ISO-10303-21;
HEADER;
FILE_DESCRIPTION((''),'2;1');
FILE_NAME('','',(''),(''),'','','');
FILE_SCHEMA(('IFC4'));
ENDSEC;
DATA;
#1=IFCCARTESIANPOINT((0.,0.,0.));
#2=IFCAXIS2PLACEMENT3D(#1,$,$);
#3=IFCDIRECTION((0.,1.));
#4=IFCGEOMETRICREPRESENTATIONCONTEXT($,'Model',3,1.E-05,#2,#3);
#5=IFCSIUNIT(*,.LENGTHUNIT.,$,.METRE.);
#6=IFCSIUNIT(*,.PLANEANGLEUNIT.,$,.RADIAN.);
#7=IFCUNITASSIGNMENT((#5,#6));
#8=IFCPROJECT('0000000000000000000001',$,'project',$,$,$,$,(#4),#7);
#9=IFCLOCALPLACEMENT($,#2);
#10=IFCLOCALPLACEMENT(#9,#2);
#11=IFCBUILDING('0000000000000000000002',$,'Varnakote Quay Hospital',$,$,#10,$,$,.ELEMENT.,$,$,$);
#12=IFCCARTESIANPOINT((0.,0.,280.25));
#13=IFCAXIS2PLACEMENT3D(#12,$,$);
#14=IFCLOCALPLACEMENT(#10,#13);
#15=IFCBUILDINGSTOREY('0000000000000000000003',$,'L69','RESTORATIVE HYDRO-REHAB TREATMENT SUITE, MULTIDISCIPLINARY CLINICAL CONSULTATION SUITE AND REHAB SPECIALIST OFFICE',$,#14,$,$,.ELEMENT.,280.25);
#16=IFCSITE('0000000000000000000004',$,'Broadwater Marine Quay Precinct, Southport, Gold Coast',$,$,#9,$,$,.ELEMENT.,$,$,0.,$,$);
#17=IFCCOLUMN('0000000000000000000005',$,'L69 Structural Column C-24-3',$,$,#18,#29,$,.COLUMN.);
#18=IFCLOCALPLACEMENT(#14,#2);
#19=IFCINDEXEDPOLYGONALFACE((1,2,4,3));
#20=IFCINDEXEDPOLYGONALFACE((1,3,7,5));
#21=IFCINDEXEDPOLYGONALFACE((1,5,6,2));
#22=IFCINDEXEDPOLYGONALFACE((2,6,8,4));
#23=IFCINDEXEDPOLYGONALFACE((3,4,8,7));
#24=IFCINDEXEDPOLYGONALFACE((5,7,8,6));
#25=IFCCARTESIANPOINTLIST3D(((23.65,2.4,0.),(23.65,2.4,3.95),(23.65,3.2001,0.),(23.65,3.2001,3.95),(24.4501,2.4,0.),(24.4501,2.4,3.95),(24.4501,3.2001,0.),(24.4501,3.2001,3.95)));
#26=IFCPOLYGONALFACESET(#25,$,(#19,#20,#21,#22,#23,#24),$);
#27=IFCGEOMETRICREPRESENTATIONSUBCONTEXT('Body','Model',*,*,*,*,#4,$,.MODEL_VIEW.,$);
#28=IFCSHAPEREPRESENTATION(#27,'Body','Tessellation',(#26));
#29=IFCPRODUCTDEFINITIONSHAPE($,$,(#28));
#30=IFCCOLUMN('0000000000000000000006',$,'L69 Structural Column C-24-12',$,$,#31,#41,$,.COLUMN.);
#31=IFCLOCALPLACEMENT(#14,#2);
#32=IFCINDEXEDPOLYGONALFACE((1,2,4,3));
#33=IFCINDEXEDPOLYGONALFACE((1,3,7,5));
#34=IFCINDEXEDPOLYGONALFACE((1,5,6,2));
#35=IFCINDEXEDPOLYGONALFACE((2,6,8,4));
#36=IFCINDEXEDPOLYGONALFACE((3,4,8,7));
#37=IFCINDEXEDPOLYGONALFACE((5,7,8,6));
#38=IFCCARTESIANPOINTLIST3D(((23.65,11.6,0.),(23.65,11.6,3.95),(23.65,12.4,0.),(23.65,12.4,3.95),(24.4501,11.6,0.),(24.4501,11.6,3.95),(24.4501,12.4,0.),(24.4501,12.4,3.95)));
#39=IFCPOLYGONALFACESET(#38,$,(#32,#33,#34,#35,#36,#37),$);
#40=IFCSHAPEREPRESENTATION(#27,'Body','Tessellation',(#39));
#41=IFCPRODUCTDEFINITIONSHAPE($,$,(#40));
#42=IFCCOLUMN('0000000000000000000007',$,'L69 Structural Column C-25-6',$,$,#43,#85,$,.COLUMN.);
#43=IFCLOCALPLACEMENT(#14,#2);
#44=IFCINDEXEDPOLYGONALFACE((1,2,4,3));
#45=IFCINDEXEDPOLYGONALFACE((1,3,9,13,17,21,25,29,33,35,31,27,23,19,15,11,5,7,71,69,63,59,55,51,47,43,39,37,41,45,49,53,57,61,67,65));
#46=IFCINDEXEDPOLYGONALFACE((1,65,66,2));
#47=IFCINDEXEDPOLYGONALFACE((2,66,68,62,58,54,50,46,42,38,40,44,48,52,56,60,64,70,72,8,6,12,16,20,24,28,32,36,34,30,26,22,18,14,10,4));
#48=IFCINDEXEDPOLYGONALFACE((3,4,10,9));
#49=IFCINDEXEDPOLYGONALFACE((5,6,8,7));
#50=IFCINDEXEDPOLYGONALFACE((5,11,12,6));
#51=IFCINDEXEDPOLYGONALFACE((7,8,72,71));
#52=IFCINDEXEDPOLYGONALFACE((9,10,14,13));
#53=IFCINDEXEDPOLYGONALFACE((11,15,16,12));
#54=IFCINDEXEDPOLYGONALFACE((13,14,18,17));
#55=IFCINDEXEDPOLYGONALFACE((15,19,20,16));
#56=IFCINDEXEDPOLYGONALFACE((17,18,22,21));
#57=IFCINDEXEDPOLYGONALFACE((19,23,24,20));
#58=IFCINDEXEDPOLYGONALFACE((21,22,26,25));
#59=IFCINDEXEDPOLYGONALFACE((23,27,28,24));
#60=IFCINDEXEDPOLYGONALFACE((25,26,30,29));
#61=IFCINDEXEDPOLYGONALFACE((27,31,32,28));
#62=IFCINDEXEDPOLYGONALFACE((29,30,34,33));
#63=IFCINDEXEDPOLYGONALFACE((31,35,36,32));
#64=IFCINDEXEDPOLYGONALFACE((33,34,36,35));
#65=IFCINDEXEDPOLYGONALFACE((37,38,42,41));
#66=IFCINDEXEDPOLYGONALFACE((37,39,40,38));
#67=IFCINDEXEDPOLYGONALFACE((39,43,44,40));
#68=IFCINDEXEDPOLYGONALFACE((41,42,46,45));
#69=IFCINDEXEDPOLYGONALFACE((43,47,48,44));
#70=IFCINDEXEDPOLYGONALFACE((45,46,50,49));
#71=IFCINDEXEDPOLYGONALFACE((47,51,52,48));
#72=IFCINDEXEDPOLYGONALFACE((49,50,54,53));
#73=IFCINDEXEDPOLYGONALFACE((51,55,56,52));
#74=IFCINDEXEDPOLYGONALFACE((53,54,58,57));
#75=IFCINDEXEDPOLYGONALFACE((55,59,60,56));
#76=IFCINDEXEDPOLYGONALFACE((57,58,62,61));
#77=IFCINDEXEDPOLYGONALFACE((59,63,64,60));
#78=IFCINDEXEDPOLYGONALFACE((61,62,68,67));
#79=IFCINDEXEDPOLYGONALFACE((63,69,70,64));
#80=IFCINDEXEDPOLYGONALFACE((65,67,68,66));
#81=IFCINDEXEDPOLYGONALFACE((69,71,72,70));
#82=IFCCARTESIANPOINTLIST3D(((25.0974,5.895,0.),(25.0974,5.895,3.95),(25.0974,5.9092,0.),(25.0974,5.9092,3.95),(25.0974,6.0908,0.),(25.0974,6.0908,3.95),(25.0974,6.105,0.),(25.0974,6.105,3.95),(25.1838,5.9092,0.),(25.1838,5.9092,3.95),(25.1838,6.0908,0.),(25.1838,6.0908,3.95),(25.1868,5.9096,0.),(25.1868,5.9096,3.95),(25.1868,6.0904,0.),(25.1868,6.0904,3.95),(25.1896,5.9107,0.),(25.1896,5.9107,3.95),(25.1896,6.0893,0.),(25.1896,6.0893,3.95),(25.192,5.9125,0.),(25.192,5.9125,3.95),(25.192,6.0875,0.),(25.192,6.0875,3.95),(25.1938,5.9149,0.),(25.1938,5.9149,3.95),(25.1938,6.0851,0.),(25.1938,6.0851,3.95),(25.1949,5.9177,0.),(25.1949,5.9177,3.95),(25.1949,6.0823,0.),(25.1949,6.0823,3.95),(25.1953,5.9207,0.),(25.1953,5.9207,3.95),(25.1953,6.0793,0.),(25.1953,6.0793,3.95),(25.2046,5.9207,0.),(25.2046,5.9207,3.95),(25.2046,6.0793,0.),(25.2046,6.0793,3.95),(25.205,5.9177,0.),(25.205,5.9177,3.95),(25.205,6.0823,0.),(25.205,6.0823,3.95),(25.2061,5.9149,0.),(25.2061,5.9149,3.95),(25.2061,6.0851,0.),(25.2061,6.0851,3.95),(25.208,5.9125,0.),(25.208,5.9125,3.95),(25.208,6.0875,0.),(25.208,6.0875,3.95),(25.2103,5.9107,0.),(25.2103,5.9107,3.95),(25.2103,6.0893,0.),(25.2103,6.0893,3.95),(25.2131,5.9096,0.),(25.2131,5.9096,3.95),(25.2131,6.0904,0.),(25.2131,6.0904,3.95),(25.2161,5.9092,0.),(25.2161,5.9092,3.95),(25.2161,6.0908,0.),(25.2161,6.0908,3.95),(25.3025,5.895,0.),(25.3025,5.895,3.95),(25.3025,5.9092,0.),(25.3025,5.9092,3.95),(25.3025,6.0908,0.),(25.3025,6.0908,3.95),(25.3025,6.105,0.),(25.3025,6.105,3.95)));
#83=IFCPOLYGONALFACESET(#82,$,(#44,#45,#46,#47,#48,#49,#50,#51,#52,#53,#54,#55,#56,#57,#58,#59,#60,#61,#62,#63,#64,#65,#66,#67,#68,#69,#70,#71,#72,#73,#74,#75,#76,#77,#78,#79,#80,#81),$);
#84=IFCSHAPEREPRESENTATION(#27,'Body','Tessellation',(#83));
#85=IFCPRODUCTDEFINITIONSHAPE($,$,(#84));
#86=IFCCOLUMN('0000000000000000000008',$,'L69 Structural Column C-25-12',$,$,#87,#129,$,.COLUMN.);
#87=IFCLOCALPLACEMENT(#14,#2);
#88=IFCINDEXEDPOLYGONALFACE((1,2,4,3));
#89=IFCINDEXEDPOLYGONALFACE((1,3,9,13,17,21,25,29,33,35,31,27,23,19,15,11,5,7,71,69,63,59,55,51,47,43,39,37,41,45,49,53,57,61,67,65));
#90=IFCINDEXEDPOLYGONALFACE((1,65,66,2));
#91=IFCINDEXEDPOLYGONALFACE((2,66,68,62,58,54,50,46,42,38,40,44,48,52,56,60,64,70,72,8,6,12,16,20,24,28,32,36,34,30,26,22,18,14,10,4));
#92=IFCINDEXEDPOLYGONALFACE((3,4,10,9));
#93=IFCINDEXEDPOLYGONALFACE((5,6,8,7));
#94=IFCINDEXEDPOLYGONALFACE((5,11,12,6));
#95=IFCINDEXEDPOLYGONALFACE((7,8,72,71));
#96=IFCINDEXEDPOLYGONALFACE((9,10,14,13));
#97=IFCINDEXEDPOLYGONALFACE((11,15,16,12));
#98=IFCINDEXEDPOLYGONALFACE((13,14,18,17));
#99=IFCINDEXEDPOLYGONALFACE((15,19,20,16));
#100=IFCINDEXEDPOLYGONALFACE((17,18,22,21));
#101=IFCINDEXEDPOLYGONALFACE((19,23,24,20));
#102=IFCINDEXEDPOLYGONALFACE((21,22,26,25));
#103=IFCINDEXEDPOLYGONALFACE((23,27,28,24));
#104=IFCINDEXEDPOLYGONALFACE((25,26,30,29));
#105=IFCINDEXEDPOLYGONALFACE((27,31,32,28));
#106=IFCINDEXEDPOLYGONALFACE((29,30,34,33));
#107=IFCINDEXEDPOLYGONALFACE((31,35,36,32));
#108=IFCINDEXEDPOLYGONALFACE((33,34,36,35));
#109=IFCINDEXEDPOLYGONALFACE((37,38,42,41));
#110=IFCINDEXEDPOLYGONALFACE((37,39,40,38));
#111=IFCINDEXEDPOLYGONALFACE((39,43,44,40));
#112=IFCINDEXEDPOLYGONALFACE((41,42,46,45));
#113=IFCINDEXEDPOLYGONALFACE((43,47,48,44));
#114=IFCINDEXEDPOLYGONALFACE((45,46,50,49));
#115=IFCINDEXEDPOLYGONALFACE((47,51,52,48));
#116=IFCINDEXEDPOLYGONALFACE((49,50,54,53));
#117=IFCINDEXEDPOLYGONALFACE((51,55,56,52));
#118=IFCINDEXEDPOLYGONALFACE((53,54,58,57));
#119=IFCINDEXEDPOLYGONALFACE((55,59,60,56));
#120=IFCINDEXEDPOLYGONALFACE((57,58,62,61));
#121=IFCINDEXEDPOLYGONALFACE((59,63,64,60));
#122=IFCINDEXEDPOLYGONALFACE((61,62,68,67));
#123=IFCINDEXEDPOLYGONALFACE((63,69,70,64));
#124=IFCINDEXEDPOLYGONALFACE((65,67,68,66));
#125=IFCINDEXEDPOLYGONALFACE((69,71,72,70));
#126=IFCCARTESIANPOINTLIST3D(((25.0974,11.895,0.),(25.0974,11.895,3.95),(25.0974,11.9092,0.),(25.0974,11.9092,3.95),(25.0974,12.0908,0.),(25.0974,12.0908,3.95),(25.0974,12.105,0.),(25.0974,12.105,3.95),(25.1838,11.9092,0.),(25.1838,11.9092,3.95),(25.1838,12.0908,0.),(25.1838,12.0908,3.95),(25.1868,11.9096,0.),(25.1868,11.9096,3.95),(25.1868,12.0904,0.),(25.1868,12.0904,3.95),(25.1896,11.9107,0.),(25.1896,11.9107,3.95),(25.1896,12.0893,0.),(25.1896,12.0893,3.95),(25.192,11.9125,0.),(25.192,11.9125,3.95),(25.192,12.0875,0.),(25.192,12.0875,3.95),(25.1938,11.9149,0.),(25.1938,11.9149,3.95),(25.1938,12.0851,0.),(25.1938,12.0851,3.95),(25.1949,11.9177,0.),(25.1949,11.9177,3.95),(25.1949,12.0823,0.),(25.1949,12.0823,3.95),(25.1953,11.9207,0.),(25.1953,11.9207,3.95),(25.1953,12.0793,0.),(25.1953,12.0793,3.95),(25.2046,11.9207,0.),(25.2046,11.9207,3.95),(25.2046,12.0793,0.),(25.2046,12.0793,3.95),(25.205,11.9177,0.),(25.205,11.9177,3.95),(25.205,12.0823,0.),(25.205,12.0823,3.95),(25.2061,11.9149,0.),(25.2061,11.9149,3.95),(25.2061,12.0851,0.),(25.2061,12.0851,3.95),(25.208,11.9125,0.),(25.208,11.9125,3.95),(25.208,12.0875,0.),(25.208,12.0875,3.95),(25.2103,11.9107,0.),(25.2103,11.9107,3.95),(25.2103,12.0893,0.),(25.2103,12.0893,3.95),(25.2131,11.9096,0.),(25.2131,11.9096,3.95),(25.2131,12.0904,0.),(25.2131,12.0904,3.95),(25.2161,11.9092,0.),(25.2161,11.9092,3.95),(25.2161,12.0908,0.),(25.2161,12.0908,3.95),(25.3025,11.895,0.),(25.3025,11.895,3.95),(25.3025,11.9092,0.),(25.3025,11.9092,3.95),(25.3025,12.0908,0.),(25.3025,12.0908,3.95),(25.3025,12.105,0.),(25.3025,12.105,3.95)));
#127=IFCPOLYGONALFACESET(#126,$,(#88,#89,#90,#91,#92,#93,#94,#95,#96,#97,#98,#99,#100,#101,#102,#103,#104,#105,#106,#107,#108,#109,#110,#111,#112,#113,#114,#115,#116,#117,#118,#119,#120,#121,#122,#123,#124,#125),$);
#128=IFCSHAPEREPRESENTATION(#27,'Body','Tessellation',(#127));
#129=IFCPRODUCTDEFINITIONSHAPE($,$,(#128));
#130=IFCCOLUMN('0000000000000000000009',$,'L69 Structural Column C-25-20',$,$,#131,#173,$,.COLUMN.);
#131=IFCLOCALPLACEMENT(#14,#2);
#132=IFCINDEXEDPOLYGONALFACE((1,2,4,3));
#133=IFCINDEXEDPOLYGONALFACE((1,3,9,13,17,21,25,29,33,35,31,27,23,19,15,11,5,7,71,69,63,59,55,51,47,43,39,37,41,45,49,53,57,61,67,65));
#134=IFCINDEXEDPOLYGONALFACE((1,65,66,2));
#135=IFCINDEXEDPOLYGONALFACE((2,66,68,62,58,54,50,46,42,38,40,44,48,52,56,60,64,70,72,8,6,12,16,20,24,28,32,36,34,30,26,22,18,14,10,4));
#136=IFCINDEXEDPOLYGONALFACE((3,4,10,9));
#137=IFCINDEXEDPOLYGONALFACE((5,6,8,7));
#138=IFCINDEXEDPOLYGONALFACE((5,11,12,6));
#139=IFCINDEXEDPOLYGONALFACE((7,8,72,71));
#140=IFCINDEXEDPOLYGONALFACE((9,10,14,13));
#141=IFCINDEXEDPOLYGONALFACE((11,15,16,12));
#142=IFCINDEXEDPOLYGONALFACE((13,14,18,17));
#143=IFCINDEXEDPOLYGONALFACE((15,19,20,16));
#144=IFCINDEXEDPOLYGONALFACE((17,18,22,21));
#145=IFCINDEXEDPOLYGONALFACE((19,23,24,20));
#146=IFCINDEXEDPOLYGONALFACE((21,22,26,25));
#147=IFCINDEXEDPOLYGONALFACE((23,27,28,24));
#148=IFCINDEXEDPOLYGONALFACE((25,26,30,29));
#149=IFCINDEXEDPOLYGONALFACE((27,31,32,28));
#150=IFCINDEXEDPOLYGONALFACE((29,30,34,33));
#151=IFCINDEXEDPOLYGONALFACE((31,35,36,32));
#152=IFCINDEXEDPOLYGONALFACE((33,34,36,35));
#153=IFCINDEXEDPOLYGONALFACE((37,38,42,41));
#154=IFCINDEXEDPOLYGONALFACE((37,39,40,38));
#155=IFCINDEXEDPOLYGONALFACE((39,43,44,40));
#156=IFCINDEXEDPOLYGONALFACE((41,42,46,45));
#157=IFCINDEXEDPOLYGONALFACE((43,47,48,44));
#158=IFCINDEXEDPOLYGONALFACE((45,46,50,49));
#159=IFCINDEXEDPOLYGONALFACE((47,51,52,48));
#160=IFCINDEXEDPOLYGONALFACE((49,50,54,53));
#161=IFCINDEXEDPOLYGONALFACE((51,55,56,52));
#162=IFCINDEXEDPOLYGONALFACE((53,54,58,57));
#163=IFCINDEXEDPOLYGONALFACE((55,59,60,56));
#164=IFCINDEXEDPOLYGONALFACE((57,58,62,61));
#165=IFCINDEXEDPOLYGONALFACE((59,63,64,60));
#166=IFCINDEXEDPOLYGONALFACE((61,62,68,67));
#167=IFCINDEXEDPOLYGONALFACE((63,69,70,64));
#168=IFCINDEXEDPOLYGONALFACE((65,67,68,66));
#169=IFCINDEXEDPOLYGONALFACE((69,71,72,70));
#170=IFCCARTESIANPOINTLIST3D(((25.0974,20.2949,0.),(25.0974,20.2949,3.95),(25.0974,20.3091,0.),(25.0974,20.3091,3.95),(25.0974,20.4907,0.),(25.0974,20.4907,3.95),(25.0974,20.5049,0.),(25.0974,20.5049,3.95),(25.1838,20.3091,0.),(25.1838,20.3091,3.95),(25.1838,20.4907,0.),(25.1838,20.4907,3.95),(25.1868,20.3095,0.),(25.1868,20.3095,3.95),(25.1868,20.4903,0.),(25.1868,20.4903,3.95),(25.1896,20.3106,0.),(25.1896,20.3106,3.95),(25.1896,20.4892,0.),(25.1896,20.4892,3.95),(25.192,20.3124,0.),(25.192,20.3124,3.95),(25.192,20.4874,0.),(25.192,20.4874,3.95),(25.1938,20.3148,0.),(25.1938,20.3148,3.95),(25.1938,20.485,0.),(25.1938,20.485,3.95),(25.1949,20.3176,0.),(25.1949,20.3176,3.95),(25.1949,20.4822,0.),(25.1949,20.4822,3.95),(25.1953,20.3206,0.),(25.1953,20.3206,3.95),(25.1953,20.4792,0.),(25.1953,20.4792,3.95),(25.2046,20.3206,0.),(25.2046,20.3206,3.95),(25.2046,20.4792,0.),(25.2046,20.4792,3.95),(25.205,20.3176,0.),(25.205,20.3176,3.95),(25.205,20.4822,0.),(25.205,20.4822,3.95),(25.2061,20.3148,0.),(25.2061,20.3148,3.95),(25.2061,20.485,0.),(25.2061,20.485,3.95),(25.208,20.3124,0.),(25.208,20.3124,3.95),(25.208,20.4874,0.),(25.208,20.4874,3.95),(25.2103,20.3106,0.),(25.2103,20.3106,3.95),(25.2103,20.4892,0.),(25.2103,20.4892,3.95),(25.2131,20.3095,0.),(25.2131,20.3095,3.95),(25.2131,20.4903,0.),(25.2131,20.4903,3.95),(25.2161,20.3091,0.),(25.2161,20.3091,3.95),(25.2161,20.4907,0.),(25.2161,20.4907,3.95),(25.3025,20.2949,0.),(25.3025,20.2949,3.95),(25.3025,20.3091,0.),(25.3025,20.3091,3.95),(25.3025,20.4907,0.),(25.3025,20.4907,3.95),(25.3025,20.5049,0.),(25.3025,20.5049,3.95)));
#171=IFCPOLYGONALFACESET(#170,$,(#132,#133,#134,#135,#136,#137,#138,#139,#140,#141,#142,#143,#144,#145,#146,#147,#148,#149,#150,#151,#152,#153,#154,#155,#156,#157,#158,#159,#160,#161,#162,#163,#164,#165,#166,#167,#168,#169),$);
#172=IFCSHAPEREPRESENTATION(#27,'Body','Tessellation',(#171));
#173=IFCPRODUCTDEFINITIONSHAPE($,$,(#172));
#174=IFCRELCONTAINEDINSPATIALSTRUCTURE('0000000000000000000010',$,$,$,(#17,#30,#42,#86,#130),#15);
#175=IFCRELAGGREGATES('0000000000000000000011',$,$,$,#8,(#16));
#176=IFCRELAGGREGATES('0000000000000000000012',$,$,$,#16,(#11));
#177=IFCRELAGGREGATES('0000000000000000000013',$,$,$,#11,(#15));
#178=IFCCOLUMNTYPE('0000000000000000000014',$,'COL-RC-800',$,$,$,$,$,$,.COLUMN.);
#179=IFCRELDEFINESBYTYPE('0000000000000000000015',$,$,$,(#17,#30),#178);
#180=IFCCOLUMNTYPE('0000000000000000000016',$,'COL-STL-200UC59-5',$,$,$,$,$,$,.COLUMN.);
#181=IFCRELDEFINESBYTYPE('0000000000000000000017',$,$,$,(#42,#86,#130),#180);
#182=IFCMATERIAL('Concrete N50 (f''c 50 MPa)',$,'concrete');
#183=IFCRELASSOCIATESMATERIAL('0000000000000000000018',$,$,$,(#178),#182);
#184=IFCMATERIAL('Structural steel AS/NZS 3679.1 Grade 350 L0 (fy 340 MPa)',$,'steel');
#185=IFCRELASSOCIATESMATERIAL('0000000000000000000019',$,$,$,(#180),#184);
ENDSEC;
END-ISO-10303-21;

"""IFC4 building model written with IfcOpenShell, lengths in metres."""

from ifc_helpers import new_model, si_unit, direction, frame, origin, origin_2d, place, context, subcontext, project, spatial, rectangle, i_section, extrude, material, material_profile, profile_set, type_object, element, save


model = new_model("IFC4")

# Units and contexts
model_context = context("Model", 3, precision=1e-05, world=origin(), true_north=direction((0.0, 1.0)))
body_context = subcontext(model_context, "Body", "Model", "MODEL_VIEW")
ifc_project = project(units=[si_unit("LENGTHUNIT", "METRE"), si_unit("PLANEANGLEUNIT", "RADIAN")], contexts=[model_context])

# Site, building, storey
site_placement = place(None, origin())
site = spatial("IfcSite", under=ifc_project, at=site_placement, Name="Broadwater Marine Quay Precinct, Southport, Gold Coast", CompositionType="ELEMENT", RefElevation=0.0)
building_placement = place(site_placement, origin())
building = spatial("IfcBuilding", under=site, at=building_placement, Name="Varnakote Quay Hospital", CompositionType="ELEMENT")
storey_placement = place(building_placement, frame((0.0, 0.0, 280.25)))
storey = spatial("IfcBuildingStorey", under=building, at=storey_placement, Name="L69", Description="RESTORATIVE HYDRO-REHAB TREATMENT SUITE, MULTIDISCIPLINARY CLINICAL CONSULTATION SUITE AND REHAB SPECIALIST OFFICE", CompositionType="ELEMENT", Elevation=280.25)

# Columns
ifc_material_1 = material(Name="Concrete N50 (f'c 50 MPa)", Category="concrete")
ifc_material_profile_1 = material_profile(ifc_material_1, rectangle(XDim=0.8, YDim=0.8, at=origin_2d()), Name="RC-COL-800x800")
ifc_profile_set_1 = profile_set([ifc_material_profile_1], Name="Concrete N50 (f'c 50 MPa)")
column_type_1 = type_object("IfcColumnType", Name="COL-RC-800", PredefinedType="COLUMN", material=ifc_profile_set_1)
for number, where, z_axis, x_axis, name in (
    (1, (24.05, 2.8, 0.0), (0.0, 0.0, 1.0), (1.0, 0.0, 0.0), "L69 Structural Column C-24-3"),
    (2, (24.05, 12.0, 0.0), (0.0, 0.0, 1.0), (1.0, 0.0, 0.0), "L69 Structural Column C-24-12"),
):
    element("IfcColumn", number, at=place(storey_placement, frame(where, z_axis=z_axis, x_axis=x_axis)), inside=storey, type_object=column_type_1, Name=name, PredefinedType="COLUMN", context=body_context, shape_type="SweptSolid", body=[
        extrude(rectangle(XDim=0.8, YDim=0.8, at=origin_2d()), origin(), (0.0, 0.0, 1.0), 3.95),
    ])
ifc_material_2 = material(Name="Structural steel AS/NZS 3679.1 Grade 350 L0 (fy 340 MPa)", Category="steel")
ifc_material_profile_2 = material_profile(ifc_material_2, i_section(OverallWidth=0.2051, OverallDepth=0.21, WebThickness=0.0093, FlangeThickness=0.0142, FilletRadius=0.0115, at=origin_2d()), Name="200UC59.5")
ifc_profile_set_2 = profile_set([ifc_material_profile_2], Name="Structural steel AS/NZS 3679.1 Grade 350 L0 (fy 340 MPa)")
column_type_2 = type_object("IfcColumnType", Name="COL-STL-200UC59-5", PredefinedType="COLUMN", material=ifc_profile_set_2)
for number, where, z_axis, x_axis, name in (
    (3, (25.2, 6.0, 0.0), (0.0, 0.0, 1.0), (1.0, 0.0, 0.0), "L69 Structural Column C-25-6"),
    (4, (25.2, 12.0, 0.0), (0.0, 0.0, 1.0), (1.0, 0.0, 0.0), "L69 Structural Column C-25-12"),
    (5, (25.2, 20.3999, 0.0), (0.0, 0.0, 1.0), (1.0, 0.0, 0.0), "L69 Structural Column C-25-20"),
):
    element("IfcColumn", number, at=place(storey_placement, frame(where, z_axis=z_axis, x_axis=x_axis)), inside=storey, type_object=column_type_2, Name=name, PredefinedType="COLUMN", context=body_context, shape_type="SweptSolid", body=[
        extrude(i_section(OverallWidth=0.2051, OverallDepth=0.21, WebThickness=0.0093, FlangeThickness=0.0142, FilletRadius=0.0115, at=origin_2d()), origin(), (0.0, 0.0, 1.0), 3.95),
    ])

save(model, "model.ifc")
